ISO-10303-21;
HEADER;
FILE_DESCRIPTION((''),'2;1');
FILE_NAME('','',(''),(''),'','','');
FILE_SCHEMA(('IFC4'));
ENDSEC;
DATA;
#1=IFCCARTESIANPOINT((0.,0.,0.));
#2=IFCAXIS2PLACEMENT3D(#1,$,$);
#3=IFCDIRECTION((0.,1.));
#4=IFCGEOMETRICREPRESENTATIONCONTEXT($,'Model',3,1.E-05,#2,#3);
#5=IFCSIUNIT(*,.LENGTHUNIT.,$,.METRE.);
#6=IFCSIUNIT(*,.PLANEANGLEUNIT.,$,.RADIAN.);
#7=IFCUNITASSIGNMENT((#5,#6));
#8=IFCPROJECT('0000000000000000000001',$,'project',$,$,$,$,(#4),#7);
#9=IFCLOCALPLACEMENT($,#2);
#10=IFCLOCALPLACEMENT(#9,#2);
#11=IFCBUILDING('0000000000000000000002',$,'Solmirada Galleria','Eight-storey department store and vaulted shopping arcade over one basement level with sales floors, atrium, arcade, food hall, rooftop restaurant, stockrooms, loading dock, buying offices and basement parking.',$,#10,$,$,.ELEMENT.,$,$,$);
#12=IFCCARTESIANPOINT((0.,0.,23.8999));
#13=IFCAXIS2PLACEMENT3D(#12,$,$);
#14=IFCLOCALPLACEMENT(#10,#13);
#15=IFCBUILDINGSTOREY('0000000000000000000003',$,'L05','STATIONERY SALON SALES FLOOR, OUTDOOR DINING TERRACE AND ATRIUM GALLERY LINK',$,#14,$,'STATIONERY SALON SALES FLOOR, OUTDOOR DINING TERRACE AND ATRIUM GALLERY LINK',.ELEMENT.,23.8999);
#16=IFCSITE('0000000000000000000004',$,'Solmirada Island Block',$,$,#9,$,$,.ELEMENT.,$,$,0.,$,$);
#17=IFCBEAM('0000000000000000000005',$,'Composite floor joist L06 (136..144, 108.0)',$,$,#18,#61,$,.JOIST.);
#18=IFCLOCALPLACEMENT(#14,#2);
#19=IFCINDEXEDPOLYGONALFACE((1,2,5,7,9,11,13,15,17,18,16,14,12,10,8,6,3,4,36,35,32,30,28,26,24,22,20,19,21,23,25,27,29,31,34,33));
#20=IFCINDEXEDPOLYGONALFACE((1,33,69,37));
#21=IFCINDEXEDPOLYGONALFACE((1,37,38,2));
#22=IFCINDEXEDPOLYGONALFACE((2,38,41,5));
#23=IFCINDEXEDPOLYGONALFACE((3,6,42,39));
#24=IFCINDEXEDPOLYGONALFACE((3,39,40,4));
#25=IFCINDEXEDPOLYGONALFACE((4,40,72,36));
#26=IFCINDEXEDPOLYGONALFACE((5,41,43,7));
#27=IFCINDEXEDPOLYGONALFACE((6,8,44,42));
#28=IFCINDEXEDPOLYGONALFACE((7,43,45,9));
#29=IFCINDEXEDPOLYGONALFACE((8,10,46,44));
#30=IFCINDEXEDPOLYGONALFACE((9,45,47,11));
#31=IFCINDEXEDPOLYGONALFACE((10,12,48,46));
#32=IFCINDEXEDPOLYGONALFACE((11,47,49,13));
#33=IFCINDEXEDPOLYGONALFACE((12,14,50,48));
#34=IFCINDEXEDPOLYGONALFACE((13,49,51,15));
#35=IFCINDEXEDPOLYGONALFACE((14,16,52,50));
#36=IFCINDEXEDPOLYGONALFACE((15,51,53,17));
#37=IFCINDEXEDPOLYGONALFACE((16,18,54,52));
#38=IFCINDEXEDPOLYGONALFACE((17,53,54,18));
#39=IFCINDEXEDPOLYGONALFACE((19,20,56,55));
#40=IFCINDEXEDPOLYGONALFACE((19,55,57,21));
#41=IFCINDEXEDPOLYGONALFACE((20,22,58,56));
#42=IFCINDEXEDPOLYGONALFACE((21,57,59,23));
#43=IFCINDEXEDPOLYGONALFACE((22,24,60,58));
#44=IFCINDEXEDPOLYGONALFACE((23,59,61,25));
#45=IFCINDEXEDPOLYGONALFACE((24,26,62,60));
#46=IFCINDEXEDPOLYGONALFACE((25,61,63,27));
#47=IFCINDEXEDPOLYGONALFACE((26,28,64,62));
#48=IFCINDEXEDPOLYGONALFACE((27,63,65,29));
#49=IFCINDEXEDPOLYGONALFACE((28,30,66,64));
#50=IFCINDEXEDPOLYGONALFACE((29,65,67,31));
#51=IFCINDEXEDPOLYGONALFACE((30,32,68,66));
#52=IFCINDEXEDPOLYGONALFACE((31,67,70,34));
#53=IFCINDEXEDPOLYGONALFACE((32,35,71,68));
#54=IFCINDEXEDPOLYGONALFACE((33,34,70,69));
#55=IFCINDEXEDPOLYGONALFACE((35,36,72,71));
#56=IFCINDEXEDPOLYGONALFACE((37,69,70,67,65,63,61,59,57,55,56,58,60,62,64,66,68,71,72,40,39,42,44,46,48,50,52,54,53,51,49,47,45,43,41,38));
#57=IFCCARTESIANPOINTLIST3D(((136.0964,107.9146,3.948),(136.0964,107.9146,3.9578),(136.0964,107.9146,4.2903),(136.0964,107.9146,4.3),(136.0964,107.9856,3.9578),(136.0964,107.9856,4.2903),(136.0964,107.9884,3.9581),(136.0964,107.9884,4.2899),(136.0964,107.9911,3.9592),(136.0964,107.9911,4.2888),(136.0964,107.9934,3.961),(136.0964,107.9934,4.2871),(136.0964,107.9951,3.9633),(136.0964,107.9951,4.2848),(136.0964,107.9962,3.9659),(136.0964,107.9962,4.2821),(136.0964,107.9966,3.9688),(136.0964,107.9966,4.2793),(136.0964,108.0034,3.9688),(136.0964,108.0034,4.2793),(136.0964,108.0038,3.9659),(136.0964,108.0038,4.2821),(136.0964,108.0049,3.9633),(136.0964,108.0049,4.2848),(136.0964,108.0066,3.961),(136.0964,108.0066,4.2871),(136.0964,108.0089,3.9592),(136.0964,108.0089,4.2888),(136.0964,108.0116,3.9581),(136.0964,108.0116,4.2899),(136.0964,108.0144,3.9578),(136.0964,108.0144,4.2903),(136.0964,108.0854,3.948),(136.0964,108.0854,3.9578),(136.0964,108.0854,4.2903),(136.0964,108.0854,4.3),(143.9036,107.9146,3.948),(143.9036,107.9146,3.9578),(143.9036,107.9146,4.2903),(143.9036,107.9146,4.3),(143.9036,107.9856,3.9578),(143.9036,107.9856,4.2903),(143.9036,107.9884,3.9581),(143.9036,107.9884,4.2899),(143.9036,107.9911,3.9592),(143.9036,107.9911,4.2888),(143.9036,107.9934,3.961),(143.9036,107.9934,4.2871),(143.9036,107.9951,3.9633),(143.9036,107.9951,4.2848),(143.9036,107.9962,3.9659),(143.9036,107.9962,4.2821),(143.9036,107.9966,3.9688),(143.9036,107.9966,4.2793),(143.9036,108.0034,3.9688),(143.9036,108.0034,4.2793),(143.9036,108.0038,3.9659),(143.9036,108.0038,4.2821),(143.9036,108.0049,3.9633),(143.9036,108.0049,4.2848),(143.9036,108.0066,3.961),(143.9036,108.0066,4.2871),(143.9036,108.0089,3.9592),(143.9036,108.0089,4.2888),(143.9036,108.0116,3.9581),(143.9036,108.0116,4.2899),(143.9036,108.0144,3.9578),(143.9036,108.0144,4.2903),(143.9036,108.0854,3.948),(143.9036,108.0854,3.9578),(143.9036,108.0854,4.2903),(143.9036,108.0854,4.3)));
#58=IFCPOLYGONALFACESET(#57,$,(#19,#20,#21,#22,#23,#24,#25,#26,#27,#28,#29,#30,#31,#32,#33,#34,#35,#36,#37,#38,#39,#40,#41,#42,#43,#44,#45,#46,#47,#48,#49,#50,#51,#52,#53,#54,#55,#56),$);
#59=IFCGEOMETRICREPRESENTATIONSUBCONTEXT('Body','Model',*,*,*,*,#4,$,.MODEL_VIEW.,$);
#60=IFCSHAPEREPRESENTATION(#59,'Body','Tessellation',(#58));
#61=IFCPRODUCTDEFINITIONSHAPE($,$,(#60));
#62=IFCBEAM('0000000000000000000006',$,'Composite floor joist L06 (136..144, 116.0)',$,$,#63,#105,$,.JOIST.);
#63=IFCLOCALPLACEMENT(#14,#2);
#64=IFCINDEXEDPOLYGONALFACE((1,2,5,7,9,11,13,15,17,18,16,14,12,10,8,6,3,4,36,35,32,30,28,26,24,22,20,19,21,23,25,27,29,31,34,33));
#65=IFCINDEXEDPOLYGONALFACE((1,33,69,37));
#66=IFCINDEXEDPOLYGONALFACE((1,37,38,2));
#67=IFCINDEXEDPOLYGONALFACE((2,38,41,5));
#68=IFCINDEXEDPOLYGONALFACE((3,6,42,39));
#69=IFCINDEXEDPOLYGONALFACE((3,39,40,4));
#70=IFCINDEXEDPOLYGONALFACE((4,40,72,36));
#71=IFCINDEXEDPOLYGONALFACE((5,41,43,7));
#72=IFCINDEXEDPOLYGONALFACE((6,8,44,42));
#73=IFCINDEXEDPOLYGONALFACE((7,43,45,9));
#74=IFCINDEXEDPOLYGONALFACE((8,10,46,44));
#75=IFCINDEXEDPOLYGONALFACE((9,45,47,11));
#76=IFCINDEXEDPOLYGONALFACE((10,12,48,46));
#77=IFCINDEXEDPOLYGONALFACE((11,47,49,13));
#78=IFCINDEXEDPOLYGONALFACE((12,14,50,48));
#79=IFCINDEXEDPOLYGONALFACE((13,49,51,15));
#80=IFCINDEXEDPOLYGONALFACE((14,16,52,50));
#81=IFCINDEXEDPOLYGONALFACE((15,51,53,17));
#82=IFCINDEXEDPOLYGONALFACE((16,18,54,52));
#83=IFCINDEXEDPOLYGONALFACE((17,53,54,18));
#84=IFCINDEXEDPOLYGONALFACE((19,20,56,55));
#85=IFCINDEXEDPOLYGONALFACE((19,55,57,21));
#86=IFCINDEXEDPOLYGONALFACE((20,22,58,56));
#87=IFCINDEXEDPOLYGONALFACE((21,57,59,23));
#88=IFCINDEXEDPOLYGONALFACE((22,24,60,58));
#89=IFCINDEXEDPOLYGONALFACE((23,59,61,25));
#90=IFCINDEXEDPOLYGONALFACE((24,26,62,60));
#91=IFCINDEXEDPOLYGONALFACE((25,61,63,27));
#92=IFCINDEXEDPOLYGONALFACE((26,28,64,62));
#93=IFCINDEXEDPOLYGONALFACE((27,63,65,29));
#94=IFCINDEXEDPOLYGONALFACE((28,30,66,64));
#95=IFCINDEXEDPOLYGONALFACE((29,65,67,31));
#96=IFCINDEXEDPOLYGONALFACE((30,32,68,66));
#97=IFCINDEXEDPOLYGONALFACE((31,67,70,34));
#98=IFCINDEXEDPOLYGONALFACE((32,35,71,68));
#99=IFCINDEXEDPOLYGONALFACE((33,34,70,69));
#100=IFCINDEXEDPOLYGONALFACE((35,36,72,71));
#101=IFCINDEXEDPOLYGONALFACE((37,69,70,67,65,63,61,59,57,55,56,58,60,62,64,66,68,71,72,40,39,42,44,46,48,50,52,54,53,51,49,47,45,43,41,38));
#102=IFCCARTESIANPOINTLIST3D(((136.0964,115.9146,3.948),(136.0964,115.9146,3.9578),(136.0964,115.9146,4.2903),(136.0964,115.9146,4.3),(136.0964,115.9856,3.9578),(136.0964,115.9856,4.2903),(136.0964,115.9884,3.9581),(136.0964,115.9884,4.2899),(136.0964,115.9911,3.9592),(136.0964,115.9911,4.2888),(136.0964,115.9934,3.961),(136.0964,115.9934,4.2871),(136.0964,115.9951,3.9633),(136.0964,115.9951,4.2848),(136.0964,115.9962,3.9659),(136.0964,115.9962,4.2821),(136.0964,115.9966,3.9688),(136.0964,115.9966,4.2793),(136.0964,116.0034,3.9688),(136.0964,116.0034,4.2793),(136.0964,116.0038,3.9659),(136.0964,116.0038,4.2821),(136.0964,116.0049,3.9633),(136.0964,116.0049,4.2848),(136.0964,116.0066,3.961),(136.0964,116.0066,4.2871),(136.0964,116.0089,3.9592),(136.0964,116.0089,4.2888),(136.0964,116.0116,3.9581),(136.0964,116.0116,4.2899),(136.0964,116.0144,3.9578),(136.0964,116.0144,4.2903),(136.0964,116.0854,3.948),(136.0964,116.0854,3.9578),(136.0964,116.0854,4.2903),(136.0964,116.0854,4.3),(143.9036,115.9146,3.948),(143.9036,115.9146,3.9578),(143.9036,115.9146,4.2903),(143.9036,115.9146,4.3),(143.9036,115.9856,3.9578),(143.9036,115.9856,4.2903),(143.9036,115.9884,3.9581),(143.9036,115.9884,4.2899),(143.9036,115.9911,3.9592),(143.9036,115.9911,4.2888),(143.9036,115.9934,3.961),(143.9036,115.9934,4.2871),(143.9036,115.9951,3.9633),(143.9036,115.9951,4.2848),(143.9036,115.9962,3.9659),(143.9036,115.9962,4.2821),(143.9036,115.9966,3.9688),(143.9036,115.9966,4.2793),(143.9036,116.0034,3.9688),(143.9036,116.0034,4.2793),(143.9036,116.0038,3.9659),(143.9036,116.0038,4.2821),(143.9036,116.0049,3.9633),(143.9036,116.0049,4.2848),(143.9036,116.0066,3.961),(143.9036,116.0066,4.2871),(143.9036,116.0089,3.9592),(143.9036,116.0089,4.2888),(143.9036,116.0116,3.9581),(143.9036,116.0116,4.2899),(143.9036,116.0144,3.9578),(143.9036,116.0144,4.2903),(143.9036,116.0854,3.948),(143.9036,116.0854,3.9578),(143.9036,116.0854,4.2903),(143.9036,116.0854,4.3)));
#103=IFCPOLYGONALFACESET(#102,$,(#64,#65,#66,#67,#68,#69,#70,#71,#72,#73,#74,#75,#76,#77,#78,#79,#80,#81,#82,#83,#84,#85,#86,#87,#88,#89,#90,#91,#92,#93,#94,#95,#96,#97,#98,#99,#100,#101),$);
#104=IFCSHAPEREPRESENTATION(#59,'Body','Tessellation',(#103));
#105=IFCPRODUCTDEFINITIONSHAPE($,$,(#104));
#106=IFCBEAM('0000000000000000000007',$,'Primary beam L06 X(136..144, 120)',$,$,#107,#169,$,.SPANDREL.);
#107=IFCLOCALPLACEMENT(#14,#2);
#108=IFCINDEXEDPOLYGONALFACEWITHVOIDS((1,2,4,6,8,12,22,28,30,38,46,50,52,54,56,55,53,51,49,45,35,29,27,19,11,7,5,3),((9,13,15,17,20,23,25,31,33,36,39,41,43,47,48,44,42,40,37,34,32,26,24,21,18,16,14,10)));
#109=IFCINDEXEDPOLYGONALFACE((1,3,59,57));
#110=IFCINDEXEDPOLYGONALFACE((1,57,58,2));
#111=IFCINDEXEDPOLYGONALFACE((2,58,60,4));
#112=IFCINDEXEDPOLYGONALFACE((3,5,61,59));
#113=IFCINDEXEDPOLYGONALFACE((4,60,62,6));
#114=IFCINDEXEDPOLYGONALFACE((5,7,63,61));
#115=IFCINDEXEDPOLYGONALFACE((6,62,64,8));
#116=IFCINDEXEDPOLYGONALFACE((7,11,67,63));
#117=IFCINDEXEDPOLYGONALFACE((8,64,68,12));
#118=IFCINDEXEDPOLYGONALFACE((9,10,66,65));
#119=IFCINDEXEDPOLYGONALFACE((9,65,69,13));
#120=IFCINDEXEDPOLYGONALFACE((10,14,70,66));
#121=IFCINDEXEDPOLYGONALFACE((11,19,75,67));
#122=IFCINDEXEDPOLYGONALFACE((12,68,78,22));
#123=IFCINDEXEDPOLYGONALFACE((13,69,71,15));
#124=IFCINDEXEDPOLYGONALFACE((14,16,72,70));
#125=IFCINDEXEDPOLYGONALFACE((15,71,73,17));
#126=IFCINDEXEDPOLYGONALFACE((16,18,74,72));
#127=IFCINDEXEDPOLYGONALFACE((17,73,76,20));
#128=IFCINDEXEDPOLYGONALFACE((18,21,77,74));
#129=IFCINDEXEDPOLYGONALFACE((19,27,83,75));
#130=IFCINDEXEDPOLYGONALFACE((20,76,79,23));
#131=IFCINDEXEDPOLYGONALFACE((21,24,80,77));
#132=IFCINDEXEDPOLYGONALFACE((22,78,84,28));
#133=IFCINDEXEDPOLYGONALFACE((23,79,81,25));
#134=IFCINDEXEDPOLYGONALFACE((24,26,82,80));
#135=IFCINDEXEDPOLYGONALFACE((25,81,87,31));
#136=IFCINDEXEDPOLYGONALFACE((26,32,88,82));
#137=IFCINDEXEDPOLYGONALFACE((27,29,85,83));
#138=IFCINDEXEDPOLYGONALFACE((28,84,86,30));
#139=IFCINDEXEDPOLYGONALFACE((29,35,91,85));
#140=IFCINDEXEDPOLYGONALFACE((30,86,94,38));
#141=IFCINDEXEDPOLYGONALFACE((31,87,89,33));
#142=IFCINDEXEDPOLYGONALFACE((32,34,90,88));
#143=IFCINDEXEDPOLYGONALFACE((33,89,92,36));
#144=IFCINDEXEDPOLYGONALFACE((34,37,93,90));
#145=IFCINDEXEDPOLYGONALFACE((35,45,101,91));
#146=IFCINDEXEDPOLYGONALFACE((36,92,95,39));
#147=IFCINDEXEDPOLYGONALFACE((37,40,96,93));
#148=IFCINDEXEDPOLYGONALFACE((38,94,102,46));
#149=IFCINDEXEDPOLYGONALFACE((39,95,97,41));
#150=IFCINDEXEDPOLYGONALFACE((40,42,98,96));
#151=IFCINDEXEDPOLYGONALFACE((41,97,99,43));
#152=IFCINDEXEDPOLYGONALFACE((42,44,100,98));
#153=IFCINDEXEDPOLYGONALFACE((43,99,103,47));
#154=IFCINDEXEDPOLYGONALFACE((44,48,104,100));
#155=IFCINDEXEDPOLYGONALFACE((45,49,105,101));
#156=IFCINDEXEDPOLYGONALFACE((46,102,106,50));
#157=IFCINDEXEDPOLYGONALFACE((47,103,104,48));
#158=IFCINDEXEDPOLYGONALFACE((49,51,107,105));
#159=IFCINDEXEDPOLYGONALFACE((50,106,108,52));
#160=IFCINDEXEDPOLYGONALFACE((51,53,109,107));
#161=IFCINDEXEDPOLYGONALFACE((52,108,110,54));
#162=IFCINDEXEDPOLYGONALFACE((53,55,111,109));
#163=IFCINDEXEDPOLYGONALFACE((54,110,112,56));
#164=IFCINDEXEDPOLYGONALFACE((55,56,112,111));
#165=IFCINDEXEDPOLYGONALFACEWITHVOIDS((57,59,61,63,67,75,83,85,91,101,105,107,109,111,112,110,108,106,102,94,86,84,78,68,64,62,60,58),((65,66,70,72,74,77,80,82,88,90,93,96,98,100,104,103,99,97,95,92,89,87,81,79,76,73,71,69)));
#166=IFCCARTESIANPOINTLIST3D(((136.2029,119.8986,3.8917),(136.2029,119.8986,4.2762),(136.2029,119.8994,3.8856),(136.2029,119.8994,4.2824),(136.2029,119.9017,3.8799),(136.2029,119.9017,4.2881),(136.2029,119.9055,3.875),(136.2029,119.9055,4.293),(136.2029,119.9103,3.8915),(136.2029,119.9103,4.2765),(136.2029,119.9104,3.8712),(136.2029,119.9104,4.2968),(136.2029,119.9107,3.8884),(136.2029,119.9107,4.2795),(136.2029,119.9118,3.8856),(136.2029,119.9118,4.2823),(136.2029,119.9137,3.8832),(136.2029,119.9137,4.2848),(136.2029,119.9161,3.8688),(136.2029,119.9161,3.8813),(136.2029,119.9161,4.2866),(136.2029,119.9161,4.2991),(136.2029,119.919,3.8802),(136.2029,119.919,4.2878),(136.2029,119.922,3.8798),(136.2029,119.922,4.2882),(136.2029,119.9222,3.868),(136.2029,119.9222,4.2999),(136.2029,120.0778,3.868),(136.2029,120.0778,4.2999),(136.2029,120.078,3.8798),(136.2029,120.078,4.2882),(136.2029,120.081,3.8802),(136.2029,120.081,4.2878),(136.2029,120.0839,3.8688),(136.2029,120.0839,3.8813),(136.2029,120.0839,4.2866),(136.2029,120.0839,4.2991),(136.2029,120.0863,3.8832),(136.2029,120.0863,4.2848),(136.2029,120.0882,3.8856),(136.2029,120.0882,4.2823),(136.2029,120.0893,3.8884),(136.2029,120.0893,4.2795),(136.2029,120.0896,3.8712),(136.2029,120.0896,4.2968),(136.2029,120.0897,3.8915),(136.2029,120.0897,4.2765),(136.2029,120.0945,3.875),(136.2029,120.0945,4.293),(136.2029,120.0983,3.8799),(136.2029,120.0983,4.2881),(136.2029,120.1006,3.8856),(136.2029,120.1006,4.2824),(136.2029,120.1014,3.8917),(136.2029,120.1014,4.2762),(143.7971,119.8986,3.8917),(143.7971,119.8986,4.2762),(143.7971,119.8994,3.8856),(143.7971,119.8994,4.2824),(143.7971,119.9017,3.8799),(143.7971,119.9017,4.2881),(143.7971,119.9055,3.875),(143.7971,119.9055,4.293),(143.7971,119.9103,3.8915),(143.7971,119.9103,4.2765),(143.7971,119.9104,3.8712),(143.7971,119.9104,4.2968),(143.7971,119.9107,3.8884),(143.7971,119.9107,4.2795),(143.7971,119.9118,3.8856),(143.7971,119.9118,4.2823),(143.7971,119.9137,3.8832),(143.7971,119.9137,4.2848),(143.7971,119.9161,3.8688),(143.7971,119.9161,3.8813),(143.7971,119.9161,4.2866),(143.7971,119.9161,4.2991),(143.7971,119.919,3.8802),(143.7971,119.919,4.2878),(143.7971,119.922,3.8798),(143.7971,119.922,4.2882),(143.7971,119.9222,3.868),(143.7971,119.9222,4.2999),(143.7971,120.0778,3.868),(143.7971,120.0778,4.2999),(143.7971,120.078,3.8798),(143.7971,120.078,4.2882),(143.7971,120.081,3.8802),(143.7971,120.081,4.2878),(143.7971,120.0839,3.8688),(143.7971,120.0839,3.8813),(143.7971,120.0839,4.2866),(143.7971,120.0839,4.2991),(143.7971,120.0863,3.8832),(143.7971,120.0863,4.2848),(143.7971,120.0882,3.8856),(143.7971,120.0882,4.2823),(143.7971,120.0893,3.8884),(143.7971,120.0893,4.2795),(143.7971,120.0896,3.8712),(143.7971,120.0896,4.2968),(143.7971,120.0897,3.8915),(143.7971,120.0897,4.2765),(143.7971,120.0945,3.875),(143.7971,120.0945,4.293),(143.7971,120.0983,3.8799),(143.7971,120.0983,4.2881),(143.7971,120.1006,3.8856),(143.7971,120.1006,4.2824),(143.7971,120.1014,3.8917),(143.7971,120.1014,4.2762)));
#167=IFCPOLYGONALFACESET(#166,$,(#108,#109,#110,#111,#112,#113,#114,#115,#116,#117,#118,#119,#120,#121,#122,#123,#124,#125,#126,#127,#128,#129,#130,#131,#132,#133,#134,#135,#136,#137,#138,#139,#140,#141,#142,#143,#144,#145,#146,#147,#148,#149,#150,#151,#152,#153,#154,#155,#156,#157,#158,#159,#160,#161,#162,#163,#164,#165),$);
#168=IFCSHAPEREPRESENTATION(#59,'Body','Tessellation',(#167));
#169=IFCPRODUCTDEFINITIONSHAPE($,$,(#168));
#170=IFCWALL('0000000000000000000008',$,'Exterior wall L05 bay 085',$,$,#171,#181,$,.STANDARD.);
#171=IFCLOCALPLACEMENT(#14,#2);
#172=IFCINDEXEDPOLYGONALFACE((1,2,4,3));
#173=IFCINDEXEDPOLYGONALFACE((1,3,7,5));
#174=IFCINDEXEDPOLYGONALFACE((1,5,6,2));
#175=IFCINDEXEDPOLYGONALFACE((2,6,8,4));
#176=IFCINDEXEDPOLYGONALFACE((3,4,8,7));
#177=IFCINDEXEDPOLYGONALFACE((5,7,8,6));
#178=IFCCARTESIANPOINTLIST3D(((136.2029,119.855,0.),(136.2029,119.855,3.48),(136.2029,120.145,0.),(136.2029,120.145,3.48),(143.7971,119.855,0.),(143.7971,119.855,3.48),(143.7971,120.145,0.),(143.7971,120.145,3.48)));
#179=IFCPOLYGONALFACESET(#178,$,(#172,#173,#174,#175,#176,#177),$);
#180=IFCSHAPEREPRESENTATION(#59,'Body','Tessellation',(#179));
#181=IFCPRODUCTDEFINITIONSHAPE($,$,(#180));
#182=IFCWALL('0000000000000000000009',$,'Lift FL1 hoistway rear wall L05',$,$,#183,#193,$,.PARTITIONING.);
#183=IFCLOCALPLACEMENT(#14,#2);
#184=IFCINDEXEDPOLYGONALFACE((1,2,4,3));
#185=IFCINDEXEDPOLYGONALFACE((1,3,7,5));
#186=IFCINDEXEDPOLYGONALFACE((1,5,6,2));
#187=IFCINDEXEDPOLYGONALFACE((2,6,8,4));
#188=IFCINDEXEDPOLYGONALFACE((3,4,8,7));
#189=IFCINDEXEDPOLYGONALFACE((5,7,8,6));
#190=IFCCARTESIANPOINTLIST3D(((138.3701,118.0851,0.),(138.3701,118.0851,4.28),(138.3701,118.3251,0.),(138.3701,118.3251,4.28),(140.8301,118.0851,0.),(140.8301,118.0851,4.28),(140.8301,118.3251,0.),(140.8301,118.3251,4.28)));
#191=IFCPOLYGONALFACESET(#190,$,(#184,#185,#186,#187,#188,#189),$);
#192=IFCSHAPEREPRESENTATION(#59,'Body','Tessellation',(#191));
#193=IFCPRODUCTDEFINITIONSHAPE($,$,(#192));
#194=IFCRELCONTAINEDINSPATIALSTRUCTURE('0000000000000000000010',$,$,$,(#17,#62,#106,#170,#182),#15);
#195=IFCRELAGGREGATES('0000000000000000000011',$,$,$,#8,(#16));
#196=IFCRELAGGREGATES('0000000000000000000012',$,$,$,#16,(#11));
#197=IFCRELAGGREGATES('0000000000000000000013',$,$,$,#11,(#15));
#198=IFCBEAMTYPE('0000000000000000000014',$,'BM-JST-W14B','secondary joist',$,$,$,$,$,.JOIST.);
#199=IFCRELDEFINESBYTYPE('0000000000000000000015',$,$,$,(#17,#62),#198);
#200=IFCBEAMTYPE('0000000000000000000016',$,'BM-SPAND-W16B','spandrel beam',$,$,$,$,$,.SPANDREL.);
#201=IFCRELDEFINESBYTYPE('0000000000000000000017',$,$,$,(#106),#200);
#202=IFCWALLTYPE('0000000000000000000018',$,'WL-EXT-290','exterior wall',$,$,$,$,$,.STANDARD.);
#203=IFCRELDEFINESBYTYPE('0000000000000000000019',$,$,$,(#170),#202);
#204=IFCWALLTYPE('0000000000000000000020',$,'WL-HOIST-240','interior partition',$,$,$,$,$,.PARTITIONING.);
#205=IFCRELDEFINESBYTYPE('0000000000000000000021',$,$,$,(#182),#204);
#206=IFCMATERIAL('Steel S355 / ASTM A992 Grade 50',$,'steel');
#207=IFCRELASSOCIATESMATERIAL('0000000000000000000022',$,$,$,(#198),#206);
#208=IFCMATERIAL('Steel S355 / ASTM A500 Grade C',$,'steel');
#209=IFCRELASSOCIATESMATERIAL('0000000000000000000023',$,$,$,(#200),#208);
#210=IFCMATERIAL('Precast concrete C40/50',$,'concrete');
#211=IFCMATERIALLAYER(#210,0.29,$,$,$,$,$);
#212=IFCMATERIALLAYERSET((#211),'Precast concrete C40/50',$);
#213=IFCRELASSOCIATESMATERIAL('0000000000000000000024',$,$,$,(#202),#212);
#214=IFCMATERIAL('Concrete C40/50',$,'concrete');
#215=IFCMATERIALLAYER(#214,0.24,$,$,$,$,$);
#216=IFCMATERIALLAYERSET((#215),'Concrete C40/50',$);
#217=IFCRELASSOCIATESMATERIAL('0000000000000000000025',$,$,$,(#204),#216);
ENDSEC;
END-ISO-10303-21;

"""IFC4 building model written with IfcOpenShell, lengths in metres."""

from ifc_helpers import new_model, si_unit, direction, frame, frame_2d, origin, origin_2d, place, context, subcontext, project, spatial, rectangle, hollow_rectangle, i_section, extrude, material, layer, layer_set, material_profile, profile_set, type_object, element, save


model = new_model("IFC4")

# Units and contexts
model_context = context("Model", 3, precision=1e-05, world=origin(), true_north=direction((0.0, 1.0)))
body_context = subcontext(model_context, "Body", "Model", "MODEL_VIEW")
ifc_project = project(units=[si_unit("LENGTHUNIT", "METRE"), si_unit("PLANEANGLEUNIT", "RADIAN")], contexts=[model_context])

# Site, building, storey
site_placement = place(None, origin())
site = spatial("IfcSite", under=ifc_project, at=site_placement, Name="Solmirada Island Block", CompositionType="ELEMENT", RefElevation=0.0)
building_placement = place(site_placement, origin())
building = spatial("IfcBuilding", under=site, at=building_placement, Name="Solmirada Galleria", Description="Eight-storey department store and vaulted shopping arcade over one basement level with sales floors, atrium, arcade, food hall, rooftop restaurant, stockrooms, loading dock, buying offices and basement parking.", CompositionType="ELEMENT")
storey_placement = place(building_placement, frame((0.0, 0.0, 23.8999)))
storey = spatial("IfcBuildingStorey", under=building, at=storey_placement, Name="L05", Description="STATIONERY SALON SALES FLOOR, OUTDOOR DINING TERRACE AND ATRIUM GALLERY LINK", LongName="STATIONERY SALON SALES FLOOR, OUTDOOR DINING TERRACE AND ATRIUM GALLERY LINK", CompositionType="ELEMENT", Elevation=23.8999)

# Shared definitions
ifc_material_1 = material(Name="Steel S355 / ASTM A500 Grade C", Category="steel")
ifc_material_2 = material(Name="Concrete C40/50", Category="concrete")

# Beams
ifc_material_3 = material(Name="Steel S355 / ASTM A992 Grade 50", Category="steel")
ifc_material_profile_1 = material_profile(ifc_material_3, i_section(OverallWidth=0.1709, OverallDepth=0.3521, WebThickness=0.0068, FlangeThickness=0.0098, FilletRadius=0.011, at=origin_2d()), Name="W14X30")
ifc_profile_set_1 = profile_set([ifc_material_profile_1], Name="Steel S355 / ASTM A992 Grade 50")
beam_type_1 = type_object("IfcBeamType", Name="BM-JST-W14B", Description="secondary joist", PredefinedType="JOIST", material=ifc_profile_set_1)
for number, where, z_axis, x_axis, name in (
    (1, (136.0964, 108.0, 4.124), (1.0, 0.0, 0.0), (0.0, 1.0, 0.0), "Composite floor joist L06 (136..144, 108.0)"),
    (2, (136.0964, 116.0, 4.124), (1.0, 0.0, 0.0), (0.0, 1.0, 0.0), "Composite floor joist L06 (136..144, 116.0)"),
):
    element("IfcBeam", number, at=place(storey_placement, frame(where, z_axis=z_axis, x_axis=x_axis)), inside=storey, type_object=beam_type_1, Name=name, PredefinedType="JOIST", context=body_context, shape_type="SweptSolid", body=[
        extrude(i_section(OverallWidth=0.1709, OverallDepth=0.3521, WebThickness=0.0068, FlangeThickness=0.0098, FilletRadius=0.011, at=origin_2d()), origin(), (0.0, 0.0, 1.0), 7.8071),
    ])
ifc_material_profile_2 = material_profile(ifc_material_1, hollow_rectangle(XDim=0.2029, YDim=0.4319, WallThickness=0.0117, InnerFilletRadius=0.0117, OuterFilletRadius=0.0237, at=origin_2d()), Name="HSS17X8X1/2")
ifc_profile_set_2 = profile_set([ifc_material_profile_2], Name="Steel S355 / ASTM A500 Grade C")
beam_type_2 = type_object("IfcBeamType", Name="BM-SPAND-W16B", Description="spandrel beam", PredefinedType="SPANDREL", material=ifc_profile_set_2)
beam_1_placement = place(storey_placement, frame((136.2029, 120.0, 4.084), z_axis=(1.0, 0.0, 0.0), x_axis=(0.0, 1.0, 0.0)))
element("IfcBeam", 3, at=beam_1_placement, inside=storey, type_object=beam_type_2, Name="Primary beam L06 X(136..144, 120)", PredefinedType="SPANDREL", context=body_context, shape_type="SweptSolid", body=[
    extrude(hollow_rectangle(XDim=0.2029, YDim=0.4319, WallThickness=0.0117, InnerFilletRadius=0.0117, OuterFilletRadius=0.0237, at=origin_2d()), origin(), (0.0, 0.0, 1.0), 7.5942),
])

# Wall
ifc_material_4 = material(Name="Precast concrete C40/50", Category="concrete")
ifc_layer_1 = layer(ifc_material_4, 0.29)
ifc_layer_set_1 = layer_set([ifc_layer_1], Name="Precast concrete C40/50")
wall_type_1 = type_object("IfcWallType", Name="WL-EXT-290", Description="exterior wall", PredefinedType="STANDARD", material=ifc_layer_set_1)
wall_1_placement = place(storey_placement, frame((136.2029, 120.0, 0.0), z_axis=(0.0, 0.0, 1.0), x_axis=(1.0, 0.0, 0.0)))
element("IfcWall", 4, at=wall_1_placement, inside=storey, type_object=wall_type_1, Name="Exterior wall L05 bay 085", PredefinedType="STANDARD", context=body_context, shape_type="SweptSolid", body=[
    extrude(rectangle(XDim=7.5942, YDim=0.29, at=frame_2d((3.7971, 0.0))), origin(), (0.0, 0.0, 1.0), 3.48),
])

# Shared definitions
ifc_layer_2 = layer(ifc_material_2, 0.24)
ifc_layer_set_2 = layer_set([ifc_layer_2], Name="Concrete C40/50")
wall_type_2 = type_object("IfcWallType", Name="WL-HOIST-240", Description="interior partition", PredefinedType="PARTITIONING", material=ifc_layer_set_2)

# Wall
wall_2_placement = place(storey_placement, frame((138.3701, 118.2051, 0.0), z_axis=(0.0, 0.0, 1.0), x_axis=(1.0, 0.0, 0.0)))
element("IfcWall", 5, at=wall_2_placement, inside=storey, type_object=wall_type_2, Name="Lift FL1 hoistway rear wall L05", PredefinedType="PARTITIONING", context=body_context, shape_type="SweptSolid", body=[
    extrude(rectangle(XDim=2.46, YDim=0.24, at=frame_2d((1.23, 0.0))), origin(), (0.0, 0.0, 1.0), 4.28),
])

save(model, "model.ifc")
